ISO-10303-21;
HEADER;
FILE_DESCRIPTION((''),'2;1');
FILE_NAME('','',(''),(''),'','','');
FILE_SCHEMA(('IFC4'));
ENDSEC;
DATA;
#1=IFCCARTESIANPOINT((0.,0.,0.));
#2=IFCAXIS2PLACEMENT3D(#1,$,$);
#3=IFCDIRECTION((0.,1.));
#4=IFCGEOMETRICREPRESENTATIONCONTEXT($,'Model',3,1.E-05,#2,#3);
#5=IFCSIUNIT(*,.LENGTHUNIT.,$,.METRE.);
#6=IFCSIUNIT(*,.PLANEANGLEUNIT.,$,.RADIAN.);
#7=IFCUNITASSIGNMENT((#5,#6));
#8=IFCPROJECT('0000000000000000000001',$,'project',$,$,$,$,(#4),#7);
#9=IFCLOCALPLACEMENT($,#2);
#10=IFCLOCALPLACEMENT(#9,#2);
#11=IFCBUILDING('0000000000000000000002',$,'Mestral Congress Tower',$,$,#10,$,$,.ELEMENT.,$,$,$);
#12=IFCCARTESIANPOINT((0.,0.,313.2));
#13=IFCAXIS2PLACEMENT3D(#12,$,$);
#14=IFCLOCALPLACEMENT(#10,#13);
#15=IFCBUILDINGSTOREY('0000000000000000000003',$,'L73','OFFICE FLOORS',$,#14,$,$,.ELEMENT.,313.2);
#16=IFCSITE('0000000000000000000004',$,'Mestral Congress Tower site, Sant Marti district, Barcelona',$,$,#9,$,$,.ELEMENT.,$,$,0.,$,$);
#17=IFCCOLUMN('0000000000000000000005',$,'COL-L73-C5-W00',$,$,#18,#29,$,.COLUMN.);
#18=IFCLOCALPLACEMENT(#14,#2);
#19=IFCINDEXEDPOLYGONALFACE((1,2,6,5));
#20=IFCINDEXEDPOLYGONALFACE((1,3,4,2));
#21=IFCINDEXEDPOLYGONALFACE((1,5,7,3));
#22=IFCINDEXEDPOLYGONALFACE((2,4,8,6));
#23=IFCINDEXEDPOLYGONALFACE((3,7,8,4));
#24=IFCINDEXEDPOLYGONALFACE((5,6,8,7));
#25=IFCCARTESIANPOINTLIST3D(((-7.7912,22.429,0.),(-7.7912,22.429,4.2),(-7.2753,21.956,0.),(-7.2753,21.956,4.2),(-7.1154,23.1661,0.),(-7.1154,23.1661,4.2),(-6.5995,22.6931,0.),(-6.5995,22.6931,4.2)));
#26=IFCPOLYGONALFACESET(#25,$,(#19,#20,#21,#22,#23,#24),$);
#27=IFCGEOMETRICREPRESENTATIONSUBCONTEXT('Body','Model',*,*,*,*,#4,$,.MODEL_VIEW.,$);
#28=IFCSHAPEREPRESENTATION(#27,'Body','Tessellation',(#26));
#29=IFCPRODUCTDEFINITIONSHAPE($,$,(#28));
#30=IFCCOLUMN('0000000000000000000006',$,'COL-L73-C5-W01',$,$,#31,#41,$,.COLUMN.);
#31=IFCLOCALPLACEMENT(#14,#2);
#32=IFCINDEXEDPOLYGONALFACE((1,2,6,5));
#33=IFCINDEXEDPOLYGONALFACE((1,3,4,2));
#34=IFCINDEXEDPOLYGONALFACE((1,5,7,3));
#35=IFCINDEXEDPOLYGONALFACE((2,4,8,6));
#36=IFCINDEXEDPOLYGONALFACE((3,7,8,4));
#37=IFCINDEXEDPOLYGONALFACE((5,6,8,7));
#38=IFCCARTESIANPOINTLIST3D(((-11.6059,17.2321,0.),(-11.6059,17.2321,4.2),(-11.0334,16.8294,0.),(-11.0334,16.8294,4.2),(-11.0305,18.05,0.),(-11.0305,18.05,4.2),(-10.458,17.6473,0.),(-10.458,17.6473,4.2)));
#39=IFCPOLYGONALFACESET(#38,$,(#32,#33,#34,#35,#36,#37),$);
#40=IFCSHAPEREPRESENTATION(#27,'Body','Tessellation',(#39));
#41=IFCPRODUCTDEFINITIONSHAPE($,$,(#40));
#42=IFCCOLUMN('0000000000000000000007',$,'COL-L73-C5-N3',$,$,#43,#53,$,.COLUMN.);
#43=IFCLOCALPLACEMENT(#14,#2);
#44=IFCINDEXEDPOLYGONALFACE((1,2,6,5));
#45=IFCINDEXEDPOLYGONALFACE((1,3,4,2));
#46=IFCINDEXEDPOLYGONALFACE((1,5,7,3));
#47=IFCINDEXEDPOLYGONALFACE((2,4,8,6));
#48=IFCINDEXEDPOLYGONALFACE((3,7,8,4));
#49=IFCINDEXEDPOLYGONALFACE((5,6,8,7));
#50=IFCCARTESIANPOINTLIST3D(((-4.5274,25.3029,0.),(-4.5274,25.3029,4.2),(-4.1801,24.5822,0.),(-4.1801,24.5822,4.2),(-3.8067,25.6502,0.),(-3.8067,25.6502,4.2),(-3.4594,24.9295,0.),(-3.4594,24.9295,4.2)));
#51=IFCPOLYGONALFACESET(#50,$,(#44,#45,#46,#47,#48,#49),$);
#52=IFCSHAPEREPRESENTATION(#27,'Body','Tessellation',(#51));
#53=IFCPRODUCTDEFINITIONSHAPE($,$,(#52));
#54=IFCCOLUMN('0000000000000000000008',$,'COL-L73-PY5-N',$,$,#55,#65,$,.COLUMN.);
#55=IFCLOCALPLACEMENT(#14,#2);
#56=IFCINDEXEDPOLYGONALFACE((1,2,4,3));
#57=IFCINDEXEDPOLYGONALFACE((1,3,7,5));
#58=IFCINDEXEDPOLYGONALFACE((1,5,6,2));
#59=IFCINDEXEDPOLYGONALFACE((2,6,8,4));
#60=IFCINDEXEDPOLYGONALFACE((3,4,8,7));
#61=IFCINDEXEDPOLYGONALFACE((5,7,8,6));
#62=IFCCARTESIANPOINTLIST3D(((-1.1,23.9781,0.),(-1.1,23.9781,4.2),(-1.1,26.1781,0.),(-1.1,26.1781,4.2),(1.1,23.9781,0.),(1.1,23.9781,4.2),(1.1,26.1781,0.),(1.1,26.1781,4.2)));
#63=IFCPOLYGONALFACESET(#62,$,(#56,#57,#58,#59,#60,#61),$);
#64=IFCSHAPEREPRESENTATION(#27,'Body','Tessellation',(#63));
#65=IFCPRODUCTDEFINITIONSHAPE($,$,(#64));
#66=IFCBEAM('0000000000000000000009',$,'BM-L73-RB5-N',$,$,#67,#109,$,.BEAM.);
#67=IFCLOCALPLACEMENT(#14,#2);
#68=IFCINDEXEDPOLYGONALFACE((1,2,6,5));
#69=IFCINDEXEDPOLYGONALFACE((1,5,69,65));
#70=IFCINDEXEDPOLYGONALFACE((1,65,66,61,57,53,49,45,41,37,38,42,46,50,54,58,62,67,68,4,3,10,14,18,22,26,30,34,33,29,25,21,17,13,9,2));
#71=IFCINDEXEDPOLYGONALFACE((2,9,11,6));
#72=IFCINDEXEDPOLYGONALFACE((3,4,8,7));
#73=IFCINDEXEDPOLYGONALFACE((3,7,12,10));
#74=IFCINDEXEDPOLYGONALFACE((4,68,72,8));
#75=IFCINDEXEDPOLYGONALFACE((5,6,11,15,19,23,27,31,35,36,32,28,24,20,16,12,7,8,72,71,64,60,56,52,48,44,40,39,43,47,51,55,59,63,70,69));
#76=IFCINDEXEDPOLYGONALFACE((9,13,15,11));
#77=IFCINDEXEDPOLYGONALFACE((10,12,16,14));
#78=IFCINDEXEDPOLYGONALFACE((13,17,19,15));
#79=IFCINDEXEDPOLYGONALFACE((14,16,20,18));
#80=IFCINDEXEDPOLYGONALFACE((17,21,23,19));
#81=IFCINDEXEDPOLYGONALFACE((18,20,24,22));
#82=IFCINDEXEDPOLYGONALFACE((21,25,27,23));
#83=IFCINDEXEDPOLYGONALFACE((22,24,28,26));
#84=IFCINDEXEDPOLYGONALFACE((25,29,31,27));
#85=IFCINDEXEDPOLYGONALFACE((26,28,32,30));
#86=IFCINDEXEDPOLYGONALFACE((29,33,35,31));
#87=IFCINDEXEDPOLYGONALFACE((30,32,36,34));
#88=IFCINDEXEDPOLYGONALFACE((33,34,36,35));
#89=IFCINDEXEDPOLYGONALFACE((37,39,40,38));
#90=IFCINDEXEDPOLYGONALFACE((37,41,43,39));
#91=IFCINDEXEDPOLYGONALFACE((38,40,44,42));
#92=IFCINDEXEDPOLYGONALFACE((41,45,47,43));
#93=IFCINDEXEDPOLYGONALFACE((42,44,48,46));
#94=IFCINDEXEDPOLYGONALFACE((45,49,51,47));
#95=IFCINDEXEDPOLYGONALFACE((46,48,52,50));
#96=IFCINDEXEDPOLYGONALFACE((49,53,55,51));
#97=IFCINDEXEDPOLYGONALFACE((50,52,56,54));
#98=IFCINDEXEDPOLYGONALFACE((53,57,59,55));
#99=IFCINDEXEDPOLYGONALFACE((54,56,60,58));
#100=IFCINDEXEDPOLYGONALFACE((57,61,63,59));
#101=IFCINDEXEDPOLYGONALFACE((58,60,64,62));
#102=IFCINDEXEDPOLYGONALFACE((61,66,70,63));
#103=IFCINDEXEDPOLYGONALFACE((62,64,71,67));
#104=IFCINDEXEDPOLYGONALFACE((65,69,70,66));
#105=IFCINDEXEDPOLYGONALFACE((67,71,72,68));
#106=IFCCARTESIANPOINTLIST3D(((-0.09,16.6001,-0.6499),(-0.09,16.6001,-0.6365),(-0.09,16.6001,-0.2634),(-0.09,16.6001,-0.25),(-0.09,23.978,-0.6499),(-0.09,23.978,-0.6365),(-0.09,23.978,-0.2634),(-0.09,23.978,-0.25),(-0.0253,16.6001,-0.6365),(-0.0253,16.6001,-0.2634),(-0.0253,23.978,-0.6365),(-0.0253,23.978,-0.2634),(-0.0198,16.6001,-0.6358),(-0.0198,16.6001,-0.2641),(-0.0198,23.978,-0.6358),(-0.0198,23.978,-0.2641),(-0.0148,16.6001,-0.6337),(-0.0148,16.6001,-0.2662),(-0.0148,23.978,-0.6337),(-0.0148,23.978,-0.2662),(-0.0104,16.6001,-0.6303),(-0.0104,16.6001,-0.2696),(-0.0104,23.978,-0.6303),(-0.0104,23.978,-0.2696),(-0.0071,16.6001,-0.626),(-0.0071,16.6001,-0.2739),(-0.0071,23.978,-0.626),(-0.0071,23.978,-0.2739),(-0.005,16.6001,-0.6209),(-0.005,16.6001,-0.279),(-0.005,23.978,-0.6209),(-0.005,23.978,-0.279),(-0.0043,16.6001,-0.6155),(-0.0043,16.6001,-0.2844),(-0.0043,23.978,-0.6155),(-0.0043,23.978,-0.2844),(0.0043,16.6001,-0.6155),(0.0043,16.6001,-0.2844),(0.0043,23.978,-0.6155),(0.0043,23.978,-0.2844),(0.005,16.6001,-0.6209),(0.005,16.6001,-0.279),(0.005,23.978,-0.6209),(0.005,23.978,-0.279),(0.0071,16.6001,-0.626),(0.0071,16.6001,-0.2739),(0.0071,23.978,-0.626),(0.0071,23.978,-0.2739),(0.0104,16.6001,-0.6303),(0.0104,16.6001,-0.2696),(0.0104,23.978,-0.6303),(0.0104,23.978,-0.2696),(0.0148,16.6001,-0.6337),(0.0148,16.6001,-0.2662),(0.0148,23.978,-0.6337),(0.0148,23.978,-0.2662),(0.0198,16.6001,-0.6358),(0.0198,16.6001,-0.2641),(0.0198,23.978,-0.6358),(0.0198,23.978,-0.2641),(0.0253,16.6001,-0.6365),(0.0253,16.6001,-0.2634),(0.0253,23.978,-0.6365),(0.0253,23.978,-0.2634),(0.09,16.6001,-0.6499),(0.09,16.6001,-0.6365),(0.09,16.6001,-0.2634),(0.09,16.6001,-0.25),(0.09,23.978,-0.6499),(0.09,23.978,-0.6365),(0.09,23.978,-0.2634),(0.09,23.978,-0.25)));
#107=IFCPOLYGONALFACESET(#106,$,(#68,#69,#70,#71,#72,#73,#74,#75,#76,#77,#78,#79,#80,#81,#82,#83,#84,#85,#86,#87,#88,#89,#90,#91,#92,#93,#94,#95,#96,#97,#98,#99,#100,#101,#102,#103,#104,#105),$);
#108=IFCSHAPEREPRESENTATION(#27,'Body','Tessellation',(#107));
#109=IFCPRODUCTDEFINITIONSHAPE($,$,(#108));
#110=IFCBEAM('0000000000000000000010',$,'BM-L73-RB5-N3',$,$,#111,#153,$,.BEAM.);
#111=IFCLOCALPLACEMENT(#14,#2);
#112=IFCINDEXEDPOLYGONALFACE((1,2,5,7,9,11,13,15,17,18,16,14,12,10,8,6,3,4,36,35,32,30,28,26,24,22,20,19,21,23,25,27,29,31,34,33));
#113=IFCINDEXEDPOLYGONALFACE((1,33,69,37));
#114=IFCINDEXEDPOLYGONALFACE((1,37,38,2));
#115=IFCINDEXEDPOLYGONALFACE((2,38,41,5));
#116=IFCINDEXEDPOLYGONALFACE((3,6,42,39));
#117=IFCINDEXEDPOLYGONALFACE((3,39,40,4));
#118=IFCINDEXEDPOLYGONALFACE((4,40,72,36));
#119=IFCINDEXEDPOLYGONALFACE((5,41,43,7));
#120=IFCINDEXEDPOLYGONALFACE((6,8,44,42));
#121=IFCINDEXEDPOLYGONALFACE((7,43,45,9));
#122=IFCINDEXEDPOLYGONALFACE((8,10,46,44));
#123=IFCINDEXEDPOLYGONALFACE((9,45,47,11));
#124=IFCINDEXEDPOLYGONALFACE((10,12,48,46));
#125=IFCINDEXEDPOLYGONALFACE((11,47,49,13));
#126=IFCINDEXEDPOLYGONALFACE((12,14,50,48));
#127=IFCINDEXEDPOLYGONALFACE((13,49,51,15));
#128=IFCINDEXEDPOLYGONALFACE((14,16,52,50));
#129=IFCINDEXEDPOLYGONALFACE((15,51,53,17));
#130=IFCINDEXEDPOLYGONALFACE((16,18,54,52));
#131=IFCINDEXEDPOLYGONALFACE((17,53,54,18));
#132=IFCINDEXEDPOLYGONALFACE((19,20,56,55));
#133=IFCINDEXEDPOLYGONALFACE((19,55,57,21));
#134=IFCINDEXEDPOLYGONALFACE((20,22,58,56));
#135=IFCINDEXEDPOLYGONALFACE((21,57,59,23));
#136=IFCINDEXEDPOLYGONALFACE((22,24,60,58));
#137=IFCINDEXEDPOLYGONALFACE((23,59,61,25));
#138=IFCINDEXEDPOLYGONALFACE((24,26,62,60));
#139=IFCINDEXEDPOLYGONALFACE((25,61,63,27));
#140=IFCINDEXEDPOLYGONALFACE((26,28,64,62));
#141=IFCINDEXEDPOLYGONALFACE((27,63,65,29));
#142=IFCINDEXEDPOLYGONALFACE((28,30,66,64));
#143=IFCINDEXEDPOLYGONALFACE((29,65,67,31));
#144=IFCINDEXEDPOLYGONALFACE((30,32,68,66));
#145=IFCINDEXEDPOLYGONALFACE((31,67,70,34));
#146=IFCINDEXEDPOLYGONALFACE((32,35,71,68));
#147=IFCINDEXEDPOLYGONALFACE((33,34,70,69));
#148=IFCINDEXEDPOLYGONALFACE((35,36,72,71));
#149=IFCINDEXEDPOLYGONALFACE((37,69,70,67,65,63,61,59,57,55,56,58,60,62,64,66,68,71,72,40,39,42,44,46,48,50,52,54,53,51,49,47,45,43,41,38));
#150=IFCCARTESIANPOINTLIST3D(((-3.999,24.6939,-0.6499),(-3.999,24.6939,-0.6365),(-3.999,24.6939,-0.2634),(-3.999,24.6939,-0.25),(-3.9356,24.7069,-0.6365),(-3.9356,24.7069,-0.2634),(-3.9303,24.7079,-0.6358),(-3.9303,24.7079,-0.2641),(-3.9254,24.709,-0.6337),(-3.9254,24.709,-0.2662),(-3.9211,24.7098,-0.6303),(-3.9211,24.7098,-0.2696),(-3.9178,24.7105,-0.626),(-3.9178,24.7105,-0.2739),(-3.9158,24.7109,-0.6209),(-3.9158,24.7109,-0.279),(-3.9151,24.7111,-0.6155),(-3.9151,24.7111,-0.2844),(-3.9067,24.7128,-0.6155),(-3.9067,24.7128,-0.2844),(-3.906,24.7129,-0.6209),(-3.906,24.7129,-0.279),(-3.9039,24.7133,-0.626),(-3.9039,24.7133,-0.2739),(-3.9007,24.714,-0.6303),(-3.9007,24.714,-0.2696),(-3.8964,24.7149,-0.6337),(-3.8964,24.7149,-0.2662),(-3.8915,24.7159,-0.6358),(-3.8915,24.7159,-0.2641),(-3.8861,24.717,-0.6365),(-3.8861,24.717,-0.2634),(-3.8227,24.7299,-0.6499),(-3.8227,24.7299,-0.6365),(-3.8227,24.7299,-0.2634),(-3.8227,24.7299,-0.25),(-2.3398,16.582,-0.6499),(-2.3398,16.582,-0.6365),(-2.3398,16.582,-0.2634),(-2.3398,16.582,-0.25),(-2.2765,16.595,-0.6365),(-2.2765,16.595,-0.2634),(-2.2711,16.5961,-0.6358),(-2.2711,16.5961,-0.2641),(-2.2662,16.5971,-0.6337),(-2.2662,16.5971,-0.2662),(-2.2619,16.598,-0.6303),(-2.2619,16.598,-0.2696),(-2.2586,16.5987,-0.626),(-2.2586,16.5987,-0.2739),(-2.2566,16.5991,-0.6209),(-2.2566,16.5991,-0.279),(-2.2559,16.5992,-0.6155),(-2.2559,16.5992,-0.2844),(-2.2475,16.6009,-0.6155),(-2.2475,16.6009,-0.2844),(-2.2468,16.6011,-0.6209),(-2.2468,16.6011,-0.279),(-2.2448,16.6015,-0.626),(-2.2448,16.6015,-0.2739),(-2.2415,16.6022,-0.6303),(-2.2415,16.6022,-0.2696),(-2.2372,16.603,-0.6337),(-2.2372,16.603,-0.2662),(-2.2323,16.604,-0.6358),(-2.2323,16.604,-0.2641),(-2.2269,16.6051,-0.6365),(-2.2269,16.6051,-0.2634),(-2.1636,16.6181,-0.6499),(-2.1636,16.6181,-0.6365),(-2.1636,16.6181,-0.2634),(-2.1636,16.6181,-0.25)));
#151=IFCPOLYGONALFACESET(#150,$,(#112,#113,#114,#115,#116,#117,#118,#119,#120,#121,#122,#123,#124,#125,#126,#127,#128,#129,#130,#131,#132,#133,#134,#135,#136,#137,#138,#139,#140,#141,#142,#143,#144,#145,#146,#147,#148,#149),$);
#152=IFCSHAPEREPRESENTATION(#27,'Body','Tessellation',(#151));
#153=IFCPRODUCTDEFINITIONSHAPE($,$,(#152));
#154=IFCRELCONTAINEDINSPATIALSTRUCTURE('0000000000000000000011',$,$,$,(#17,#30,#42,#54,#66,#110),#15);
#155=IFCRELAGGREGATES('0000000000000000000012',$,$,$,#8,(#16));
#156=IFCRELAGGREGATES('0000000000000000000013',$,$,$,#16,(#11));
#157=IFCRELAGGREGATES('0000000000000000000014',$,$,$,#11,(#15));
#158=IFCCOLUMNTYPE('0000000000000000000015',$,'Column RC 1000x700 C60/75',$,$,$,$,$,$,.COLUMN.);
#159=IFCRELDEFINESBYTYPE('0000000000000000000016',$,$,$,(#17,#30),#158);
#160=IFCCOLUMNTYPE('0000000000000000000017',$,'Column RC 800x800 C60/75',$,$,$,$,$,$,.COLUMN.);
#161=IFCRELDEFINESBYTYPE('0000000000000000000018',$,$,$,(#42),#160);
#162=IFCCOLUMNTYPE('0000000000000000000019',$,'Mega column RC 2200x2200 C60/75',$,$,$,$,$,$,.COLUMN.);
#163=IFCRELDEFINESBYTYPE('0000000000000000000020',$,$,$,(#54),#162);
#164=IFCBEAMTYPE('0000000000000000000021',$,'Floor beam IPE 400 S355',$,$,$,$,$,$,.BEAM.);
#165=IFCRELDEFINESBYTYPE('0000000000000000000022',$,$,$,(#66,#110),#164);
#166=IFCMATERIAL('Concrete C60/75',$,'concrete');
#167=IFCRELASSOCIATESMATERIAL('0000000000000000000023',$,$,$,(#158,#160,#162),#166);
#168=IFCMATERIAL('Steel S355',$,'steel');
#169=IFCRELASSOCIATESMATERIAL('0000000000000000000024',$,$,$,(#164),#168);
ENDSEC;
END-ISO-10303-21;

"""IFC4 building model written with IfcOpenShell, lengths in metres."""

from ifc_helpers import new_model, si_unit, direction, frame, origin, origin_2d, place, context, subcontext, project, spatial, rectangle, i_section, extrude, material, material_profile, profile_set, type_object, element, save


model = new_model("IFC4")

# Units and contexts
model_context = context("Model", 3, precision=1e-05, world=origin(), true_north=direction((0.0, 1.0)))
body_context = subcontext(model_context, "Body", "Model", "MODEL_VIEW")
ifc_project = project(units=[si_unit("LENGTHUNIT", "METRE"), si_unit("PLANEANGLEUNIT", "RADIAN")], contexts=[model_context])

# Site, building, storey
site_placement = place(None, origin())
site = spatial("IfcSite", under=ifc_project, at=site_placement, Name="Mestral Congress Tower site, Sant Marti district, Barcelona", CompositionType="ELEMENT", RefElevation=0.0)
building_placement = place(site_placement, origin())
building = spatial("IfcBuilding", under=site, at=building_placement, Name="Mestral Congress Tower", CompositionType="ELEMENT")
storey_placement = place(building_placement, frame((0.0, 0.0, 313.2)))
storey = spatial("IfcBuildingStorey", under=building, at=storey_placement, Name="L73", Description="OFFICE FLOORS", CompositionType="ELEMENT", Elevation=313.2)

# Columns
ifc_material_1 = material(Name="Concrete C60/75", Category="concrete")
ifc_material_profile_1 = material_profile(ifc_material_1, rectangle(XDim=1.0, YDim=0.7, at=origin_2d()), Name="RC 1000x700")
ifc_profile_set_1 = profile_set([ifc_material_profile_1], Name="Concrete C60/75")
column_type_1 = type_object("IfcColumnType", Name="Column RC 1000x700 C60/75", PredefinedType="COLUMN", material=ifc_profile_set_1)
for number, where, z_axis, x_axis, name in (
    (1, (-7.1953, 22.561, 0.0), (0.0, 0.0, 1.0), (-0.675803, -0.737083, 0.0), "COL-L73-C5-W00"),
    (2, (-11.032, 17.4397, 0.0), (0.0, 0.0, 1.0), (-0.575402, -0.817871, 0.0), "COL-L73-C5-W01"),
):
    element("IfcColumn", number, at=place(storey_placement, frame(where, z_axis=z_axis, x_axis=x_axis)), inside=storey, type_object=column_type_1, Name=name, PredefinedType="COLUMN", context=body_context, shape_type="SweptSolid", body=[
        extrude(rectangle(XDim=1.0, YDim=0.7, at=origin_2d()), origin(), (0.0, 0.0, 1.0), 4.2),
    ])
ifc_material_profile_2 = material_profile(ifc_material_1, rectangle(XDim=0.8, YDim=0.8, at=origin_2d()), Name="RC 800x800")
ifc_profile_set_2 = profile_set([ifc_material_profile_2], Name="Concrete C60/75")
column_type_2 = type_object("IfcColumnType", Name="Column RC 800x800 C60/75", PredefinedType="COLUMN", material=ifc_profile_set_2)
column_1_placement = place(storey_placement, frame((-3.9934, 25.1162, 0.0), z_axis=(0.0, 0.0, 1.0), x_axis=(-0.900873, -0.434082, 0.0)))
element("IfcColumn", 3, at=column_1_placement, inside=storey, type_object=column_type_2, Name="COL-L73-C5-N3", PredefinedType="COLUMN", context=body_context, shape_type="SweptSolid", body=[
    extrude(rectangle(XDim=0.8, YDim=0.8, at=origin_2d()), origin(), (0.0, 0.0, 1.0), 4.2),
])
ifc_material_profile_3 = material_profile(ifc_material_1, rectangle(XDim=2.2, YDim=2.2, at=origin_2d()), Name="RC 2200x2200")
ifc_profile_set_3 = profile_set([ifc_material_profile_3], Name="Concrete C60/75")
column_type_3 = type_object("IfcColumnType", Name="Mega column RC 2200x2200 C60/75", PredefinedType="COLUMN", material=ifc_profile_set_3)
column_2_placement = place(storey_placement, frame((0.0, 25.0781, 0.0), z_axis=(0.0, 0.0, 1.0), x_axis=(0.0, 1.0, 0.0)))
element("IfcColumn", 4, at=column_2_placement, inside=storey, type_object=column_type_3, Name="COL-L73-PY5-N", PredefinedType="COLUMN", context=body_context, shape_type="SweptSolid", body=[
    extrude(rectangle(XDim=2.2, YDim=2.2, at=origin_2d()), origin(), (0.0, 0.0, 1.0), 4.2),
])

# Beams
ifc_material_2 = material(Name="Steel S355", Category="steel")
ifc_material_profile_4 = material_profile(ifc_material_2, i_section(OverallWidth=0.1799, OverallDepth=0.3999, WebThickness=0.0085, FlangeThickness=0.0134, FilletRadius=0.021, at=origin_2d()), Name="IPE 400")
ifc_profile_set_4 = profile_set([ifc_material_profile_4], Name="Steel S355")
beam_type_1 = type_object("IfcBeamType", Name="Floor beam IPE 400 S355", PredefinedType="BEAM", material=ifc_profile_set_4)
beam_1_placement = place(storey_placement, frame((0.0, 23.978, -0.45), z_axis=(0.0, -1.0, 0.0), x_axis=(1.0, 0.0, 0.0)))
element("IfcBeam", 5, at=beam_1_placement, inside=storey, type_object=beam_type_1, Name="BM-L73-RB5-N", PredefinedType="BEAM", context=body_context, shape_type="SweptSolid", body=[
    extrude(i_section(OverallWidth=0.1799, OverallDepth=0.3999, WebThickness=0.0085, FlangeThickness=0.0134, FilletRadius=0.021, at=origin_2d()), origin(), (0.0, 0.0, 1.0), 7.3779),
])
beam_2_placement = place(storey_placement, frame((-3.9109, 24.7119, -0.45), z_axis=(0.20039, -0.979716, 0.0), x_axis=(0.979716, 0.20039, 0.0)))
element("IfcBeam", 6, at=beam_2_placement, inside=storey, type_object=beam_type_1, Name="BM-L73-RB5-N3", PredefinedType="BEAM", context=body_context, shape_type="SweptSolid", body=[
    extrude(i_section(OverallWidth=0.1799, OverallDepth=0.3999, WebThickness=0.0085, FlangeThickness=0.0134, FilletRadius=0.021, at=origin_2d()), origin(), (0.0, 0.0, 1.0), 8.2798),
])

save(model, "model.ifc")
